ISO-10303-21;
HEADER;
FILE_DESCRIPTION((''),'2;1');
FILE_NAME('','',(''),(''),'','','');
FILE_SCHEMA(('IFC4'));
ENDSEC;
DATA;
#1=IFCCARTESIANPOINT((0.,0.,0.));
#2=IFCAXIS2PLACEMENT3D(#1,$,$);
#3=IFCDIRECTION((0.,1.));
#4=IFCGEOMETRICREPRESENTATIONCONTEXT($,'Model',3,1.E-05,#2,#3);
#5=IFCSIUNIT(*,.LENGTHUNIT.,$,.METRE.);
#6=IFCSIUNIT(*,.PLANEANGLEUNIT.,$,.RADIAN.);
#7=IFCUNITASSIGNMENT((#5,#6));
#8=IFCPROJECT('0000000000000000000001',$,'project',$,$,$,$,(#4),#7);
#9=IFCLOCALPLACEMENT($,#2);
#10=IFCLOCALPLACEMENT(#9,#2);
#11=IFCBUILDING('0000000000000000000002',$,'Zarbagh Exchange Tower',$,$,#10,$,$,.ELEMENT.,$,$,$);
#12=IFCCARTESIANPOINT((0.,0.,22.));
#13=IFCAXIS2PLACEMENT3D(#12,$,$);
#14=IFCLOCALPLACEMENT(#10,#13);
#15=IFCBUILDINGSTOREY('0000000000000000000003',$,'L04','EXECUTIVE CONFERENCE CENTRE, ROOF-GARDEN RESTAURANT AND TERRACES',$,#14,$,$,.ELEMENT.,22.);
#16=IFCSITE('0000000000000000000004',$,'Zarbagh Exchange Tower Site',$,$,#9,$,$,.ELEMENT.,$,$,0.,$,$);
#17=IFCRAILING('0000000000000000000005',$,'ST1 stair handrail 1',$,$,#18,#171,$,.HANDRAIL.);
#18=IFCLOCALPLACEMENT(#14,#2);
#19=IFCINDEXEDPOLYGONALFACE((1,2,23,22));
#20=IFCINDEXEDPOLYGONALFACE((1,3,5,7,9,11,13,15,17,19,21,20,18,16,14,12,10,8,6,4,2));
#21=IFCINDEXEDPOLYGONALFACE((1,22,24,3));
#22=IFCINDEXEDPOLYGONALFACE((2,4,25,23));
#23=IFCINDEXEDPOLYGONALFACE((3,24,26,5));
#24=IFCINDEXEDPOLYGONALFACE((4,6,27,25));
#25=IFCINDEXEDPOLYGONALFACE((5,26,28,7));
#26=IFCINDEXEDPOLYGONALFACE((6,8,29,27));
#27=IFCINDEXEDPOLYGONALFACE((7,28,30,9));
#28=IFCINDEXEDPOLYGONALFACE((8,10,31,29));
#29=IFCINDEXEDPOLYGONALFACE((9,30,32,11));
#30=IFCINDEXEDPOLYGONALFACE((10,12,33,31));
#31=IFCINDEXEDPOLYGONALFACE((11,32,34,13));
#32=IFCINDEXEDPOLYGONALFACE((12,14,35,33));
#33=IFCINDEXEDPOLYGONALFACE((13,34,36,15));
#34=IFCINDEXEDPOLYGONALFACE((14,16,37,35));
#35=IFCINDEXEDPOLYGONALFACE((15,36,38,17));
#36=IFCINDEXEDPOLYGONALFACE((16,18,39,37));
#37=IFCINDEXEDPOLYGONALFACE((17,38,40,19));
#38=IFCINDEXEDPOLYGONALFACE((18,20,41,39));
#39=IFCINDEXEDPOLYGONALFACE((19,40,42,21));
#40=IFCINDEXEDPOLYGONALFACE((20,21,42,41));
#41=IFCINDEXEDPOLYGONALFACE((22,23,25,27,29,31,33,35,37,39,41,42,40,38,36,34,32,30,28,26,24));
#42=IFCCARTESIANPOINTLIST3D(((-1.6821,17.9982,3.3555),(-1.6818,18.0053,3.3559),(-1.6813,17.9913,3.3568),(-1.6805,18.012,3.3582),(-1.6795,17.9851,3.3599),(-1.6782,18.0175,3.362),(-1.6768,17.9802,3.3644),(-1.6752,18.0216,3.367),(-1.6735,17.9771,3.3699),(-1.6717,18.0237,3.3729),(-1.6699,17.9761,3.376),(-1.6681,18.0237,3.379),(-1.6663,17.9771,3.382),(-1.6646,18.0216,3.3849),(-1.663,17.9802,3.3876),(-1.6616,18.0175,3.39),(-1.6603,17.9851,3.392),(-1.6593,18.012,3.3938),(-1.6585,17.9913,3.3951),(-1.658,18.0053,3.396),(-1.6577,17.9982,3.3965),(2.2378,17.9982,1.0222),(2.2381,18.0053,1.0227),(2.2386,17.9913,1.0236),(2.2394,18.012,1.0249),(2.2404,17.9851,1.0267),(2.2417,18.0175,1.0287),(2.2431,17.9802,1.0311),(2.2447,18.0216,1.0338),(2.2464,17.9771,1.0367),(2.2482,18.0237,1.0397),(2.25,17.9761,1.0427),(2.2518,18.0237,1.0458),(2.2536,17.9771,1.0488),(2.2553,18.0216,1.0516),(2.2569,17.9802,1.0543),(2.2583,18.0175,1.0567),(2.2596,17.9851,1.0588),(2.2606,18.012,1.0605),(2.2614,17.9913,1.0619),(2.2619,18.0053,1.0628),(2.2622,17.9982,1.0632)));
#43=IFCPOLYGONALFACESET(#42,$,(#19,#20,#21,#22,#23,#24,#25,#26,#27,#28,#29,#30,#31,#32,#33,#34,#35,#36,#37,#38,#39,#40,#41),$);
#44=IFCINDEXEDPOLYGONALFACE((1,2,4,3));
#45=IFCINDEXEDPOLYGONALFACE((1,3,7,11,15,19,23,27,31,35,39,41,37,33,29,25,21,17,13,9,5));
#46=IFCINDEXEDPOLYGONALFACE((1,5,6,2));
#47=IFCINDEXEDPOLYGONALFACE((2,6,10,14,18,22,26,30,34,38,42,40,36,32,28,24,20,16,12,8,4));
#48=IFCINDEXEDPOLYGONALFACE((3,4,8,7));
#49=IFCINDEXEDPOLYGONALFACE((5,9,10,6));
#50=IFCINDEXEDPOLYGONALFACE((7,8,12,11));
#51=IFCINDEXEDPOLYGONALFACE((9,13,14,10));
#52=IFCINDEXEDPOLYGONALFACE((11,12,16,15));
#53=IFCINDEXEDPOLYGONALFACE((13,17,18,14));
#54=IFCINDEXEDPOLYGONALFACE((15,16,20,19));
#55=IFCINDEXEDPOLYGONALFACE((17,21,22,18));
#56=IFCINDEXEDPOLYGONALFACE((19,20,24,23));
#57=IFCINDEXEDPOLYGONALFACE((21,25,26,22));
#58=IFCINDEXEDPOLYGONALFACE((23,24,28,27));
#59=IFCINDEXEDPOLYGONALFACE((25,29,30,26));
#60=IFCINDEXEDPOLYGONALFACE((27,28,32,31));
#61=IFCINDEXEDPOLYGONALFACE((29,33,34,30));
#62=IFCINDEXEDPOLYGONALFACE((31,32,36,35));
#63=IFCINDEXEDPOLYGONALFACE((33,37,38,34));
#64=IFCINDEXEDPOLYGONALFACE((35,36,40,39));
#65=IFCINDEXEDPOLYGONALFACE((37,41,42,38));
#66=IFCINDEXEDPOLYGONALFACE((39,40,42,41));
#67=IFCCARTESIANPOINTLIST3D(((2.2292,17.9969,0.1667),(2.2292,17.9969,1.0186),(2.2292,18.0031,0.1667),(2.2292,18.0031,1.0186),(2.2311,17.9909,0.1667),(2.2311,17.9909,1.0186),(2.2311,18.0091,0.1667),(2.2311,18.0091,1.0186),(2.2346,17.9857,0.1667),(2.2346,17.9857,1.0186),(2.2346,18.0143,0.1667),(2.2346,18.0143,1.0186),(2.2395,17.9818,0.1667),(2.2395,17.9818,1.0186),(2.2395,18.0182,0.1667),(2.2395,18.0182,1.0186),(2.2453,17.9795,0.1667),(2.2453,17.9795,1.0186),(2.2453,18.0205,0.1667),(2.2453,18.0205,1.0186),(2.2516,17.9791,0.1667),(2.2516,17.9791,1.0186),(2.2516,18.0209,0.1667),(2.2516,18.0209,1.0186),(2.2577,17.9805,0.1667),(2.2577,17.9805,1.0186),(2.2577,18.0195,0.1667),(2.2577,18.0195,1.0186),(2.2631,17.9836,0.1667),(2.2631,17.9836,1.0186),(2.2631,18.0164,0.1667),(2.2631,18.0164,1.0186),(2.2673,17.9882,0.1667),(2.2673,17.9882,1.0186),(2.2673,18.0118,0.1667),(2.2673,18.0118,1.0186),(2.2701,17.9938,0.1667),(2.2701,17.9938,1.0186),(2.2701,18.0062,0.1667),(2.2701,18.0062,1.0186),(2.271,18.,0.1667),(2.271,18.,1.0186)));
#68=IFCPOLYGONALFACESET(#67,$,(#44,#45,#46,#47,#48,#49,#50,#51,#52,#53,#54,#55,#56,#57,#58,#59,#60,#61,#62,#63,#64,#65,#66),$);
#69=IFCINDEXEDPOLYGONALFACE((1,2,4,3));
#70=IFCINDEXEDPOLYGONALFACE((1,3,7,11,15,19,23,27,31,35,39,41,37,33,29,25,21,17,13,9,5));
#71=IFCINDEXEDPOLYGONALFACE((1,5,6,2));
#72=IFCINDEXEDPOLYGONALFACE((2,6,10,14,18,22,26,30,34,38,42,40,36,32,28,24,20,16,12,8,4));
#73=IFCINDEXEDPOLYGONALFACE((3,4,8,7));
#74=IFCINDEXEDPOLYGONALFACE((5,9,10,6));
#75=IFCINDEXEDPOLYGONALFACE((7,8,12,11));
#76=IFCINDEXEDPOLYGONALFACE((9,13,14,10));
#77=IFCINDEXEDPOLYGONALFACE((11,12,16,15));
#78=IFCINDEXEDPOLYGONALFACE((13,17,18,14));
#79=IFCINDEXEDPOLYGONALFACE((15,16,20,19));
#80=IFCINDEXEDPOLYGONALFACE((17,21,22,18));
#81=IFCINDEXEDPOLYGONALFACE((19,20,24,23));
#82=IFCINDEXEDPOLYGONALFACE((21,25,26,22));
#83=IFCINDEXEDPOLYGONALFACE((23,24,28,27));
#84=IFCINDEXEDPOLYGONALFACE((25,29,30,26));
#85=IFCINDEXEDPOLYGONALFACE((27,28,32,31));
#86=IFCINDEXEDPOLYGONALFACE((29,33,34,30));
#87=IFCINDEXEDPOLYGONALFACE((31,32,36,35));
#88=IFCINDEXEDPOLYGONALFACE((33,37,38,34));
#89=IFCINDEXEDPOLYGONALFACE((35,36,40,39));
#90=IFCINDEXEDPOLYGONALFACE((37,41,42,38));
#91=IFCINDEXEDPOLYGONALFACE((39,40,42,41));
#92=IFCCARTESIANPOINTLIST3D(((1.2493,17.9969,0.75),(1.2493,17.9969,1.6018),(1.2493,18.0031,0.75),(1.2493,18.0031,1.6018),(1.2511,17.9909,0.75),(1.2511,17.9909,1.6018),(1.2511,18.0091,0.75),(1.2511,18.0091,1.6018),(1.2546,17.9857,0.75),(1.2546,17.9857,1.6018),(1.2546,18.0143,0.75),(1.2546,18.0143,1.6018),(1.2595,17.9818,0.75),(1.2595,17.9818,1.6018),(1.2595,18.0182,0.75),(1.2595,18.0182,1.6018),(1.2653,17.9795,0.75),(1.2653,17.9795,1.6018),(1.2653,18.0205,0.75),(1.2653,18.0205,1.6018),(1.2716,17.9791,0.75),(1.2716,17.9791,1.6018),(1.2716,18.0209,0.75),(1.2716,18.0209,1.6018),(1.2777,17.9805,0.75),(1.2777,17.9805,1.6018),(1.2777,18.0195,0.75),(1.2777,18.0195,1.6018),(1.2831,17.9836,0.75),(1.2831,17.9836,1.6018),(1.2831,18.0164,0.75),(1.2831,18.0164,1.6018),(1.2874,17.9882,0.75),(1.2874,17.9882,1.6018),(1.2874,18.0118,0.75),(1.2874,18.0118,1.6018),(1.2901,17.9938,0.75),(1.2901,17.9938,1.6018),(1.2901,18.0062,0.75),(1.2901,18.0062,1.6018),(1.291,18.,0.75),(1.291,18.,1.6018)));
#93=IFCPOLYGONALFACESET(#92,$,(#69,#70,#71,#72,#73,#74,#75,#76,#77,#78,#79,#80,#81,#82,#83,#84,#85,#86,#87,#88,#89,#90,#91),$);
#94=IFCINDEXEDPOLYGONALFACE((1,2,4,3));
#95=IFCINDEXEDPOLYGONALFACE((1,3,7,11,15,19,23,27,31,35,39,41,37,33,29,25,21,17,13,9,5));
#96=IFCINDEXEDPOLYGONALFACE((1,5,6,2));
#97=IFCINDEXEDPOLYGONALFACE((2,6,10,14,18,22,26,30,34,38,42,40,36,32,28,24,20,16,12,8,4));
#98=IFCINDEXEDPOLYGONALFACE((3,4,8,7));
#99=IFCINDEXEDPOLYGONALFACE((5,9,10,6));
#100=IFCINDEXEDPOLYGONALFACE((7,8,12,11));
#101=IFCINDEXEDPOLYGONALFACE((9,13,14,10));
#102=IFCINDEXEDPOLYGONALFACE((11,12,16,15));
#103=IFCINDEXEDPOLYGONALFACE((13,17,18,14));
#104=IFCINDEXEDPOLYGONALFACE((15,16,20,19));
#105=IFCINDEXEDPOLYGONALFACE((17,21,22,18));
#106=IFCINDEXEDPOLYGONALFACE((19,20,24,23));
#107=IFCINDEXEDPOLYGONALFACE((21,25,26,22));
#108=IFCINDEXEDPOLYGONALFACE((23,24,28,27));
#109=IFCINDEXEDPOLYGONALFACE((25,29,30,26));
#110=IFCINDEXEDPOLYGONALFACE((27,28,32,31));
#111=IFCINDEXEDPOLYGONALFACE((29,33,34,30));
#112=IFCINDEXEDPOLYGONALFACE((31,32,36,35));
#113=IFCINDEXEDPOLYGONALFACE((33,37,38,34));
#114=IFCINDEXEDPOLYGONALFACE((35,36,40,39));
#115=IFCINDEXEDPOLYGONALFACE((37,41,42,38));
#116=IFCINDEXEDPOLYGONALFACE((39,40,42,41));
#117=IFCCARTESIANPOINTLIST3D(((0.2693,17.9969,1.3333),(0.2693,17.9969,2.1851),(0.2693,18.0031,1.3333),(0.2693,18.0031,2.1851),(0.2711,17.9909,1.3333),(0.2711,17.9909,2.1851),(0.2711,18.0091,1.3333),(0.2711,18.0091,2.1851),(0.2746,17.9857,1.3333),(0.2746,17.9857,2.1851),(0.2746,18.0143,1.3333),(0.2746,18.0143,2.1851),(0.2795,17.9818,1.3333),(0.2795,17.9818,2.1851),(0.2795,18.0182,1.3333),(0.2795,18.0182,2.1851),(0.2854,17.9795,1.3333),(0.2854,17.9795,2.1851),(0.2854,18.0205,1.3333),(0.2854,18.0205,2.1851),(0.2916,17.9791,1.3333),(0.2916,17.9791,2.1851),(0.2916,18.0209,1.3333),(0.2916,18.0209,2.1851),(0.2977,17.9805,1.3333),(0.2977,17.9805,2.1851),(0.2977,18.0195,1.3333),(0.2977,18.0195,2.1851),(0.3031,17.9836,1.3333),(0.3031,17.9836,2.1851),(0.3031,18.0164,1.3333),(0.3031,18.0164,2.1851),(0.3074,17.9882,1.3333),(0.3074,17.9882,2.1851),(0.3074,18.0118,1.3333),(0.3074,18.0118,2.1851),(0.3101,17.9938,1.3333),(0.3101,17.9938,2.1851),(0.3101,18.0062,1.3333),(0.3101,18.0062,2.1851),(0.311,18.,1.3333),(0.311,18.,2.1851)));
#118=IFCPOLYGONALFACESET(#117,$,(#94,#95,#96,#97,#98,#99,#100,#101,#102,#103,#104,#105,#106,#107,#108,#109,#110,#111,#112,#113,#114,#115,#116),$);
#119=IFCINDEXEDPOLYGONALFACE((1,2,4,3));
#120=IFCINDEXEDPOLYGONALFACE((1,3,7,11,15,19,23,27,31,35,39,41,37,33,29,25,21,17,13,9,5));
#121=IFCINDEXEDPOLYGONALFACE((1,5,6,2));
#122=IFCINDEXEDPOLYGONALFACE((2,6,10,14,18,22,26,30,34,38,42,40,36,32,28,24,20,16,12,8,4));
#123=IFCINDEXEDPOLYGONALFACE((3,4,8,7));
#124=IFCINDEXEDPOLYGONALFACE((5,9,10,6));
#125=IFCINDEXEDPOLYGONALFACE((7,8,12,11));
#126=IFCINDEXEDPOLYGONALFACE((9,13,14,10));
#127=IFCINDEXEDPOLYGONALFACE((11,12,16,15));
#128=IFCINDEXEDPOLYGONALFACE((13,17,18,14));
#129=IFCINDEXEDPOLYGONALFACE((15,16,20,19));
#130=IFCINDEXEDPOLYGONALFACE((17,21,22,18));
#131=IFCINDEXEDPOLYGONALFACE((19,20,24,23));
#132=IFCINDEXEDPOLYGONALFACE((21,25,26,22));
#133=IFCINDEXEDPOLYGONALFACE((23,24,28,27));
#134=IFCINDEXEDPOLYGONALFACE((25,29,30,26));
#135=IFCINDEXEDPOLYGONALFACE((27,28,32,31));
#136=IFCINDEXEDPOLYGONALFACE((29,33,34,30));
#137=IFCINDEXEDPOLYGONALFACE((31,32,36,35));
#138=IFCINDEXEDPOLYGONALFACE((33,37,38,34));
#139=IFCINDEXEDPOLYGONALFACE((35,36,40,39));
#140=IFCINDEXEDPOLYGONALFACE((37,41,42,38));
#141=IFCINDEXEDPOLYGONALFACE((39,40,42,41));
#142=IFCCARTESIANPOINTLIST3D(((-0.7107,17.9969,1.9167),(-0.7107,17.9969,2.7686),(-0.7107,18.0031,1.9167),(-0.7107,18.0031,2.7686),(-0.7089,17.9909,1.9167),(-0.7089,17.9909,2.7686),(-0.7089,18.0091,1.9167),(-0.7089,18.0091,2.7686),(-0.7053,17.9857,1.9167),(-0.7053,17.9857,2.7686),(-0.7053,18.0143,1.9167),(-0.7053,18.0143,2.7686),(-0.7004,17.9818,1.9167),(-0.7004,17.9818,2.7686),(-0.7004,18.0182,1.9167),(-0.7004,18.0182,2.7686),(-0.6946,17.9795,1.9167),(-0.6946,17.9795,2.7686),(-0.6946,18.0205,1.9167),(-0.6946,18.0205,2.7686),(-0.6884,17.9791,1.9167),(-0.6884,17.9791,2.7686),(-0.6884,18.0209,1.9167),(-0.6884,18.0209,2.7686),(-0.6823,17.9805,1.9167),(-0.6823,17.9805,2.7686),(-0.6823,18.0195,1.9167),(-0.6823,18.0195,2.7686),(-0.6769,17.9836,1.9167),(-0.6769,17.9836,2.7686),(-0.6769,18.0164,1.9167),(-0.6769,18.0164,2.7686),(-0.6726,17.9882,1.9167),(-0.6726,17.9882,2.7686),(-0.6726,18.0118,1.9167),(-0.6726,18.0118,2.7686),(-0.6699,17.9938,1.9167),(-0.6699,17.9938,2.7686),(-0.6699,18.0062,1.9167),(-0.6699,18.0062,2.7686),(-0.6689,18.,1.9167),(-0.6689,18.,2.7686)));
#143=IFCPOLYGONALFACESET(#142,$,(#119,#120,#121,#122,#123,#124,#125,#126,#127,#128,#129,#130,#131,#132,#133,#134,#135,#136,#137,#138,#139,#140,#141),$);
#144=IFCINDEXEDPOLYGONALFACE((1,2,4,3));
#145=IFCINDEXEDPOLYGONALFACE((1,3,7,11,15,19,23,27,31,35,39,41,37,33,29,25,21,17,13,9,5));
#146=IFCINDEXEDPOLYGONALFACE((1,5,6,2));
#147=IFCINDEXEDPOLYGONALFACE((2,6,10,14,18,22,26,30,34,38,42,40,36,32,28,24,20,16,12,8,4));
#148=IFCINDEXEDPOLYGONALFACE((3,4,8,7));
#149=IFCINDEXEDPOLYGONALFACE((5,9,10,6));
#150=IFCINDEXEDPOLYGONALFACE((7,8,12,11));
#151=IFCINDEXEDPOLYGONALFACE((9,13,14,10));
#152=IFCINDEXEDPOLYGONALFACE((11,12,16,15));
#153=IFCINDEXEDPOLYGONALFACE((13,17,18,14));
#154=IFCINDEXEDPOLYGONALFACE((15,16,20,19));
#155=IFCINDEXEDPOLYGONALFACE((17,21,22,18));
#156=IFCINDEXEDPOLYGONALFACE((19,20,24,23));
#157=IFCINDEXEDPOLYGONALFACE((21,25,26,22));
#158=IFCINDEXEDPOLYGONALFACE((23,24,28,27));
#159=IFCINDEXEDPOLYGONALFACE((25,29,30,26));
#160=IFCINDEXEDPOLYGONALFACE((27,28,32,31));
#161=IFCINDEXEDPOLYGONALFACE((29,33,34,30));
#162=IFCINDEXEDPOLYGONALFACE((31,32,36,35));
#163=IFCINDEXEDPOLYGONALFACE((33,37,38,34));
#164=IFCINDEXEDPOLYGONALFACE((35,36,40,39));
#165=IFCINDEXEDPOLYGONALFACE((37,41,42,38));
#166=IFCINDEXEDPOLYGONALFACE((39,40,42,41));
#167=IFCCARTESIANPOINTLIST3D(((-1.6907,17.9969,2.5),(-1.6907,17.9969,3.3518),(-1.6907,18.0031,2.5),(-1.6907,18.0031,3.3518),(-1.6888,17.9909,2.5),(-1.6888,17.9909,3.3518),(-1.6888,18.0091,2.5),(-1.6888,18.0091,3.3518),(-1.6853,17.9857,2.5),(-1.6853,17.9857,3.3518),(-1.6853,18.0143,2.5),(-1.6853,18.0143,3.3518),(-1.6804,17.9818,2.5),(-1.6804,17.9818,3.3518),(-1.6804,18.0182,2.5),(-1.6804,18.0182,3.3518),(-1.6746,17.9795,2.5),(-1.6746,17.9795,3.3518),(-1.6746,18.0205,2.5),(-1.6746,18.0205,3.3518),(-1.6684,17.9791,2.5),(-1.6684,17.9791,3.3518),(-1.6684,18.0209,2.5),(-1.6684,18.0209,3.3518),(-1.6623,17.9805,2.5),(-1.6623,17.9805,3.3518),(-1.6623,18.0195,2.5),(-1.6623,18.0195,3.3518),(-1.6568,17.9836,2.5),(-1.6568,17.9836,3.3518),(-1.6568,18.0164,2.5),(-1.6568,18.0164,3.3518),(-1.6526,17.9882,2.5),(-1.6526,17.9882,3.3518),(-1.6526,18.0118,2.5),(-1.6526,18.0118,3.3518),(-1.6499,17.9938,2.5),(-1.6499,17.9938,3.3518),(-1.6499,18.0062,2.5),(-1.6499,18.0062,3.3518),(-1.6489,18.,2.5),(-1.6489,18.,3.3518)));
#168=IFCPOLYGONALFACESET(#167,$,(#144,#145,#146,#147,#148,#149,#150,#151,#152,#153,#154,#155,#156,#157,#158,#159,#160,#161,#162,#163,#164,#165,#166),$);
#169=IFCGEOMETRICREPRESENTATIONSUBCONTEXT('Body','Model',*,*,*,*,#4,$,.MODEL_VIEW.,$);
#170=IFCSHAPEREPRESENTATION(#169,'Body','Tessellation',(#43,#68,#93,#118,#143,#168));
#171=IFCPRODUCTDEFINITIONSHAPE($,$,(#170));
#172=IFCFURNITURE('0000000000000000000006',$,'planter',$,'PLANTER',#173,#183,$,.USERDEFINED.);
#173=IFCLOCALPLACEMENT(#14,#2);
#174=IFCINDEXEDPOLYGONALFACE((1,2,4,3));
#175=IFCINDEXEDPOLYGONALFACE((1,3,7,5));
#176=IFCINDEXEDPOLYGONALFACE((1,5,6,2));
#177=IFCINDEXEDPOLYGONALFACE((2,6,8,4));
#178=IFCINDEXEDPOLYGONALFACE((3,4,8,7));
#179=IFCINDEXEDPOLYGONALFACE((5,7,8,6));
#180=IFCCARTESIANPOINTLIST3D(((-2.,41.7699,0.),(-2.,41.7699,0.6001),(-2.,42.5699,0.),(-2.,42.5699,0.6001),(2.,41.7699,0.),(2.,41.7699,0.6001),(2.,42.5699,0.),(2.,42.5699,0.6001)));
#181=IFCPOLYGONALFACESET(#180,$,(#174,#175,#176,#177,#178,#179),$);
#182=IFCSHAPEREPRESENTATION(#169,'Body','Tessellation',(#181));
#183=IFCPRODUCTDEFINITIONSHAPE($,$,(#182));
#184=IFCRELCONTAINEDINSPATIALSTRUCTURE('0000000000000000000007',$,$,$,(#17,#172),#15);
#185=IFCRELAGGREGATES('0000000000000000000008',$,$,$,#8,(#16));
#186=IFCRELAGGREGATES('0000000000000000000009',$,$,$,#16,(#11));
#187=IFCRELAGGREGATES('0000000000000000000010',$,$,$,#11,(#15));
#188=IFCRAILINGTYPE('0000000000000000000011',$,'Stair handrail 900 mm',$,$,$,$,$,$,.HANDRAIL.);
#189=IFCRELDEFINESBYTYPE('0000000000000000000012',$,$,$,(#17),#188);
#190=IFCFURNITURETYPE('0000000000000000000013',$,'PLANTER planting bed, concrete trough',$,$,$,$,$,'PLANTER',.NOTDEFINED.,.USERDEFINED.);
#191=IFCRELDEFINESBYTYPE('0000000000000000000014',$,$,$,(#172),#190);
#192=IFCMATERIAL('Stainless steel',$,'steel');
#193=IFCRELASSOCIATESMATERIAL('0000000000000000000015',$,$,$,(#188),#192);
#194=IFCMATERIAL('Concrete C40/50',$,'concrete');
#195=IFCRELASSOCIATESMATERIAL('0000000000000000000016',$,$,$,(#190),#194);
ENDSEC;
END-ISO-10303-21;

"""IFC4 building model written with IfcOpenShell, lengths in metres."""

from ifc_helpers import new_model, si_unit, direction, frame, origin, origin_2d, place, context, subcontext, project, spatial, rectangle, circle, extrude, material, type_object, element, save


model = new_model("IFC4")

# Units and contexts
model_context = context("Model", 3, precision=1e-05, world=origin(), true_north=direction((0.0, 1.0)))
body_context = subcontext(model_context, "Body", "Model", "MODEL_VIEW")
ifc_project = project(units=[si_unit("LENGTHUNIT", "METRE"), si_unit("PLANEANGLEUNIT", "RADIAN")], contexts=[model_context])

# Site, building, storey
site_placement = place(None, origin())
site = spatial("IfcSite", under=ifc_project, at=site_placement, Name="Zarbagh Exchange Tower Site", CompositionType="ELEMENT", RefElevation=0.0)
building_placement = place(site_placement, origin())
building = spatial("IfcBuilding", under=site, at=building_placement, Name="Zarbagh Exchange Tower", CompositionType="ELEMENT")
storey_placement = place(building_placement, frame((0.0, 0.0, 22.0)))
storey = spatial("IfcBuildingStorey", under=building, at=storey_placement, Name="L04", Description="EXECUTIVE CONFERENCE CENTRE, ROOF-GARDEN RESTAURANT AND TERRACES", CompositionType="ELEMENT", Elevation=22.0)

# Shared definitions
ifc_material_1 = material(Name="Stainless steel", Category="steel")

# Shared definitions
ifc_material_2 = material(Name="Concrete C40/50", Category="concrete")

# Railing
railing_type_1 = type_object("IfcRailingType", Name="Stair handrail 900 mm", PredefinedType="HANDRAIL", material=ifc_material_1)
railing_1_placement = place(storey_placement, frame((2.25, 18.0, 0.1667)))
element("IfcRailing", 1, at=railing_1_placement, inside=storey, type_object=railing_type_1, Name="ST1 stair handrail 1", PredefinedType="HANDRAIL", context=body_context, shape_type="SweptSolid", body=[
    extrude(circle(Radius=0.0239, at=origin_2d()), frame((0.0, 0.0, 0.876), z_axis=(-0.859296, 0.0, 0.511478), x_axis=(0.0, -1.0, 0.0)), (0.0, 0.0, 1.0), 4.5618),
    extrude(circle(Radius=0.021, at=origin_2d()), origin(), (0.0, 0.0, 1.0), 0.8518),
    extrude(circle(Radius=0.021, at=origin_2d()), frame((-0.98, 0.0, 0.5833)), (0.0, 0.0, 1.0), 0.8518),
    extrude(circle(Radius=0.021, at=origin_2d()), frame((-1.96, 0.0, 1.1665)), (0.0, 0.0, 1.0), 0.8518),
    extrude(circle(Radius=0.021, at=origin_2d()), frame((-2.9399, 0.0, 1.75)), (0.0, 0.0, 1.0), 0.8518),
    extrude(circle(Radius=0.021, at=origin_2d()), frame((-3.9199, 0.0, 2.3333)), (0.0, 0.0, 1.0), 0.8518),
])

# Furniture
furniture_type = type_object("IfcFurnitureType", Name="PLANTER planting bed, concrete trough", ElementType="PLANTER", AssemblyPlace="NOTDEFINED", PredefinedType="USERDEFINED", material=ifc_material_2)
furniture_placement = place(storey_placement, frame((0.0, 42.1699, 0.0), z_axis=(0.0, 0.0, 1.0), x_axis=(1.0, 0.0, 0.0)))
element("IfcFurniture", 2, at=furniture_placement, inside=storey, type_object=furniture_type, Name="planter", ObjectType="PLANTER", PredefinedType="USERDEFINED", context=body_context, shape_type="SweptSolid", body=[
    extrude(rectangle(XDim=4.0, YDim=0.8, at=origin_2d()), origin(), (0.0, 0.0, 1.0), 0.6001),
])

save(model, "model.ifc")
